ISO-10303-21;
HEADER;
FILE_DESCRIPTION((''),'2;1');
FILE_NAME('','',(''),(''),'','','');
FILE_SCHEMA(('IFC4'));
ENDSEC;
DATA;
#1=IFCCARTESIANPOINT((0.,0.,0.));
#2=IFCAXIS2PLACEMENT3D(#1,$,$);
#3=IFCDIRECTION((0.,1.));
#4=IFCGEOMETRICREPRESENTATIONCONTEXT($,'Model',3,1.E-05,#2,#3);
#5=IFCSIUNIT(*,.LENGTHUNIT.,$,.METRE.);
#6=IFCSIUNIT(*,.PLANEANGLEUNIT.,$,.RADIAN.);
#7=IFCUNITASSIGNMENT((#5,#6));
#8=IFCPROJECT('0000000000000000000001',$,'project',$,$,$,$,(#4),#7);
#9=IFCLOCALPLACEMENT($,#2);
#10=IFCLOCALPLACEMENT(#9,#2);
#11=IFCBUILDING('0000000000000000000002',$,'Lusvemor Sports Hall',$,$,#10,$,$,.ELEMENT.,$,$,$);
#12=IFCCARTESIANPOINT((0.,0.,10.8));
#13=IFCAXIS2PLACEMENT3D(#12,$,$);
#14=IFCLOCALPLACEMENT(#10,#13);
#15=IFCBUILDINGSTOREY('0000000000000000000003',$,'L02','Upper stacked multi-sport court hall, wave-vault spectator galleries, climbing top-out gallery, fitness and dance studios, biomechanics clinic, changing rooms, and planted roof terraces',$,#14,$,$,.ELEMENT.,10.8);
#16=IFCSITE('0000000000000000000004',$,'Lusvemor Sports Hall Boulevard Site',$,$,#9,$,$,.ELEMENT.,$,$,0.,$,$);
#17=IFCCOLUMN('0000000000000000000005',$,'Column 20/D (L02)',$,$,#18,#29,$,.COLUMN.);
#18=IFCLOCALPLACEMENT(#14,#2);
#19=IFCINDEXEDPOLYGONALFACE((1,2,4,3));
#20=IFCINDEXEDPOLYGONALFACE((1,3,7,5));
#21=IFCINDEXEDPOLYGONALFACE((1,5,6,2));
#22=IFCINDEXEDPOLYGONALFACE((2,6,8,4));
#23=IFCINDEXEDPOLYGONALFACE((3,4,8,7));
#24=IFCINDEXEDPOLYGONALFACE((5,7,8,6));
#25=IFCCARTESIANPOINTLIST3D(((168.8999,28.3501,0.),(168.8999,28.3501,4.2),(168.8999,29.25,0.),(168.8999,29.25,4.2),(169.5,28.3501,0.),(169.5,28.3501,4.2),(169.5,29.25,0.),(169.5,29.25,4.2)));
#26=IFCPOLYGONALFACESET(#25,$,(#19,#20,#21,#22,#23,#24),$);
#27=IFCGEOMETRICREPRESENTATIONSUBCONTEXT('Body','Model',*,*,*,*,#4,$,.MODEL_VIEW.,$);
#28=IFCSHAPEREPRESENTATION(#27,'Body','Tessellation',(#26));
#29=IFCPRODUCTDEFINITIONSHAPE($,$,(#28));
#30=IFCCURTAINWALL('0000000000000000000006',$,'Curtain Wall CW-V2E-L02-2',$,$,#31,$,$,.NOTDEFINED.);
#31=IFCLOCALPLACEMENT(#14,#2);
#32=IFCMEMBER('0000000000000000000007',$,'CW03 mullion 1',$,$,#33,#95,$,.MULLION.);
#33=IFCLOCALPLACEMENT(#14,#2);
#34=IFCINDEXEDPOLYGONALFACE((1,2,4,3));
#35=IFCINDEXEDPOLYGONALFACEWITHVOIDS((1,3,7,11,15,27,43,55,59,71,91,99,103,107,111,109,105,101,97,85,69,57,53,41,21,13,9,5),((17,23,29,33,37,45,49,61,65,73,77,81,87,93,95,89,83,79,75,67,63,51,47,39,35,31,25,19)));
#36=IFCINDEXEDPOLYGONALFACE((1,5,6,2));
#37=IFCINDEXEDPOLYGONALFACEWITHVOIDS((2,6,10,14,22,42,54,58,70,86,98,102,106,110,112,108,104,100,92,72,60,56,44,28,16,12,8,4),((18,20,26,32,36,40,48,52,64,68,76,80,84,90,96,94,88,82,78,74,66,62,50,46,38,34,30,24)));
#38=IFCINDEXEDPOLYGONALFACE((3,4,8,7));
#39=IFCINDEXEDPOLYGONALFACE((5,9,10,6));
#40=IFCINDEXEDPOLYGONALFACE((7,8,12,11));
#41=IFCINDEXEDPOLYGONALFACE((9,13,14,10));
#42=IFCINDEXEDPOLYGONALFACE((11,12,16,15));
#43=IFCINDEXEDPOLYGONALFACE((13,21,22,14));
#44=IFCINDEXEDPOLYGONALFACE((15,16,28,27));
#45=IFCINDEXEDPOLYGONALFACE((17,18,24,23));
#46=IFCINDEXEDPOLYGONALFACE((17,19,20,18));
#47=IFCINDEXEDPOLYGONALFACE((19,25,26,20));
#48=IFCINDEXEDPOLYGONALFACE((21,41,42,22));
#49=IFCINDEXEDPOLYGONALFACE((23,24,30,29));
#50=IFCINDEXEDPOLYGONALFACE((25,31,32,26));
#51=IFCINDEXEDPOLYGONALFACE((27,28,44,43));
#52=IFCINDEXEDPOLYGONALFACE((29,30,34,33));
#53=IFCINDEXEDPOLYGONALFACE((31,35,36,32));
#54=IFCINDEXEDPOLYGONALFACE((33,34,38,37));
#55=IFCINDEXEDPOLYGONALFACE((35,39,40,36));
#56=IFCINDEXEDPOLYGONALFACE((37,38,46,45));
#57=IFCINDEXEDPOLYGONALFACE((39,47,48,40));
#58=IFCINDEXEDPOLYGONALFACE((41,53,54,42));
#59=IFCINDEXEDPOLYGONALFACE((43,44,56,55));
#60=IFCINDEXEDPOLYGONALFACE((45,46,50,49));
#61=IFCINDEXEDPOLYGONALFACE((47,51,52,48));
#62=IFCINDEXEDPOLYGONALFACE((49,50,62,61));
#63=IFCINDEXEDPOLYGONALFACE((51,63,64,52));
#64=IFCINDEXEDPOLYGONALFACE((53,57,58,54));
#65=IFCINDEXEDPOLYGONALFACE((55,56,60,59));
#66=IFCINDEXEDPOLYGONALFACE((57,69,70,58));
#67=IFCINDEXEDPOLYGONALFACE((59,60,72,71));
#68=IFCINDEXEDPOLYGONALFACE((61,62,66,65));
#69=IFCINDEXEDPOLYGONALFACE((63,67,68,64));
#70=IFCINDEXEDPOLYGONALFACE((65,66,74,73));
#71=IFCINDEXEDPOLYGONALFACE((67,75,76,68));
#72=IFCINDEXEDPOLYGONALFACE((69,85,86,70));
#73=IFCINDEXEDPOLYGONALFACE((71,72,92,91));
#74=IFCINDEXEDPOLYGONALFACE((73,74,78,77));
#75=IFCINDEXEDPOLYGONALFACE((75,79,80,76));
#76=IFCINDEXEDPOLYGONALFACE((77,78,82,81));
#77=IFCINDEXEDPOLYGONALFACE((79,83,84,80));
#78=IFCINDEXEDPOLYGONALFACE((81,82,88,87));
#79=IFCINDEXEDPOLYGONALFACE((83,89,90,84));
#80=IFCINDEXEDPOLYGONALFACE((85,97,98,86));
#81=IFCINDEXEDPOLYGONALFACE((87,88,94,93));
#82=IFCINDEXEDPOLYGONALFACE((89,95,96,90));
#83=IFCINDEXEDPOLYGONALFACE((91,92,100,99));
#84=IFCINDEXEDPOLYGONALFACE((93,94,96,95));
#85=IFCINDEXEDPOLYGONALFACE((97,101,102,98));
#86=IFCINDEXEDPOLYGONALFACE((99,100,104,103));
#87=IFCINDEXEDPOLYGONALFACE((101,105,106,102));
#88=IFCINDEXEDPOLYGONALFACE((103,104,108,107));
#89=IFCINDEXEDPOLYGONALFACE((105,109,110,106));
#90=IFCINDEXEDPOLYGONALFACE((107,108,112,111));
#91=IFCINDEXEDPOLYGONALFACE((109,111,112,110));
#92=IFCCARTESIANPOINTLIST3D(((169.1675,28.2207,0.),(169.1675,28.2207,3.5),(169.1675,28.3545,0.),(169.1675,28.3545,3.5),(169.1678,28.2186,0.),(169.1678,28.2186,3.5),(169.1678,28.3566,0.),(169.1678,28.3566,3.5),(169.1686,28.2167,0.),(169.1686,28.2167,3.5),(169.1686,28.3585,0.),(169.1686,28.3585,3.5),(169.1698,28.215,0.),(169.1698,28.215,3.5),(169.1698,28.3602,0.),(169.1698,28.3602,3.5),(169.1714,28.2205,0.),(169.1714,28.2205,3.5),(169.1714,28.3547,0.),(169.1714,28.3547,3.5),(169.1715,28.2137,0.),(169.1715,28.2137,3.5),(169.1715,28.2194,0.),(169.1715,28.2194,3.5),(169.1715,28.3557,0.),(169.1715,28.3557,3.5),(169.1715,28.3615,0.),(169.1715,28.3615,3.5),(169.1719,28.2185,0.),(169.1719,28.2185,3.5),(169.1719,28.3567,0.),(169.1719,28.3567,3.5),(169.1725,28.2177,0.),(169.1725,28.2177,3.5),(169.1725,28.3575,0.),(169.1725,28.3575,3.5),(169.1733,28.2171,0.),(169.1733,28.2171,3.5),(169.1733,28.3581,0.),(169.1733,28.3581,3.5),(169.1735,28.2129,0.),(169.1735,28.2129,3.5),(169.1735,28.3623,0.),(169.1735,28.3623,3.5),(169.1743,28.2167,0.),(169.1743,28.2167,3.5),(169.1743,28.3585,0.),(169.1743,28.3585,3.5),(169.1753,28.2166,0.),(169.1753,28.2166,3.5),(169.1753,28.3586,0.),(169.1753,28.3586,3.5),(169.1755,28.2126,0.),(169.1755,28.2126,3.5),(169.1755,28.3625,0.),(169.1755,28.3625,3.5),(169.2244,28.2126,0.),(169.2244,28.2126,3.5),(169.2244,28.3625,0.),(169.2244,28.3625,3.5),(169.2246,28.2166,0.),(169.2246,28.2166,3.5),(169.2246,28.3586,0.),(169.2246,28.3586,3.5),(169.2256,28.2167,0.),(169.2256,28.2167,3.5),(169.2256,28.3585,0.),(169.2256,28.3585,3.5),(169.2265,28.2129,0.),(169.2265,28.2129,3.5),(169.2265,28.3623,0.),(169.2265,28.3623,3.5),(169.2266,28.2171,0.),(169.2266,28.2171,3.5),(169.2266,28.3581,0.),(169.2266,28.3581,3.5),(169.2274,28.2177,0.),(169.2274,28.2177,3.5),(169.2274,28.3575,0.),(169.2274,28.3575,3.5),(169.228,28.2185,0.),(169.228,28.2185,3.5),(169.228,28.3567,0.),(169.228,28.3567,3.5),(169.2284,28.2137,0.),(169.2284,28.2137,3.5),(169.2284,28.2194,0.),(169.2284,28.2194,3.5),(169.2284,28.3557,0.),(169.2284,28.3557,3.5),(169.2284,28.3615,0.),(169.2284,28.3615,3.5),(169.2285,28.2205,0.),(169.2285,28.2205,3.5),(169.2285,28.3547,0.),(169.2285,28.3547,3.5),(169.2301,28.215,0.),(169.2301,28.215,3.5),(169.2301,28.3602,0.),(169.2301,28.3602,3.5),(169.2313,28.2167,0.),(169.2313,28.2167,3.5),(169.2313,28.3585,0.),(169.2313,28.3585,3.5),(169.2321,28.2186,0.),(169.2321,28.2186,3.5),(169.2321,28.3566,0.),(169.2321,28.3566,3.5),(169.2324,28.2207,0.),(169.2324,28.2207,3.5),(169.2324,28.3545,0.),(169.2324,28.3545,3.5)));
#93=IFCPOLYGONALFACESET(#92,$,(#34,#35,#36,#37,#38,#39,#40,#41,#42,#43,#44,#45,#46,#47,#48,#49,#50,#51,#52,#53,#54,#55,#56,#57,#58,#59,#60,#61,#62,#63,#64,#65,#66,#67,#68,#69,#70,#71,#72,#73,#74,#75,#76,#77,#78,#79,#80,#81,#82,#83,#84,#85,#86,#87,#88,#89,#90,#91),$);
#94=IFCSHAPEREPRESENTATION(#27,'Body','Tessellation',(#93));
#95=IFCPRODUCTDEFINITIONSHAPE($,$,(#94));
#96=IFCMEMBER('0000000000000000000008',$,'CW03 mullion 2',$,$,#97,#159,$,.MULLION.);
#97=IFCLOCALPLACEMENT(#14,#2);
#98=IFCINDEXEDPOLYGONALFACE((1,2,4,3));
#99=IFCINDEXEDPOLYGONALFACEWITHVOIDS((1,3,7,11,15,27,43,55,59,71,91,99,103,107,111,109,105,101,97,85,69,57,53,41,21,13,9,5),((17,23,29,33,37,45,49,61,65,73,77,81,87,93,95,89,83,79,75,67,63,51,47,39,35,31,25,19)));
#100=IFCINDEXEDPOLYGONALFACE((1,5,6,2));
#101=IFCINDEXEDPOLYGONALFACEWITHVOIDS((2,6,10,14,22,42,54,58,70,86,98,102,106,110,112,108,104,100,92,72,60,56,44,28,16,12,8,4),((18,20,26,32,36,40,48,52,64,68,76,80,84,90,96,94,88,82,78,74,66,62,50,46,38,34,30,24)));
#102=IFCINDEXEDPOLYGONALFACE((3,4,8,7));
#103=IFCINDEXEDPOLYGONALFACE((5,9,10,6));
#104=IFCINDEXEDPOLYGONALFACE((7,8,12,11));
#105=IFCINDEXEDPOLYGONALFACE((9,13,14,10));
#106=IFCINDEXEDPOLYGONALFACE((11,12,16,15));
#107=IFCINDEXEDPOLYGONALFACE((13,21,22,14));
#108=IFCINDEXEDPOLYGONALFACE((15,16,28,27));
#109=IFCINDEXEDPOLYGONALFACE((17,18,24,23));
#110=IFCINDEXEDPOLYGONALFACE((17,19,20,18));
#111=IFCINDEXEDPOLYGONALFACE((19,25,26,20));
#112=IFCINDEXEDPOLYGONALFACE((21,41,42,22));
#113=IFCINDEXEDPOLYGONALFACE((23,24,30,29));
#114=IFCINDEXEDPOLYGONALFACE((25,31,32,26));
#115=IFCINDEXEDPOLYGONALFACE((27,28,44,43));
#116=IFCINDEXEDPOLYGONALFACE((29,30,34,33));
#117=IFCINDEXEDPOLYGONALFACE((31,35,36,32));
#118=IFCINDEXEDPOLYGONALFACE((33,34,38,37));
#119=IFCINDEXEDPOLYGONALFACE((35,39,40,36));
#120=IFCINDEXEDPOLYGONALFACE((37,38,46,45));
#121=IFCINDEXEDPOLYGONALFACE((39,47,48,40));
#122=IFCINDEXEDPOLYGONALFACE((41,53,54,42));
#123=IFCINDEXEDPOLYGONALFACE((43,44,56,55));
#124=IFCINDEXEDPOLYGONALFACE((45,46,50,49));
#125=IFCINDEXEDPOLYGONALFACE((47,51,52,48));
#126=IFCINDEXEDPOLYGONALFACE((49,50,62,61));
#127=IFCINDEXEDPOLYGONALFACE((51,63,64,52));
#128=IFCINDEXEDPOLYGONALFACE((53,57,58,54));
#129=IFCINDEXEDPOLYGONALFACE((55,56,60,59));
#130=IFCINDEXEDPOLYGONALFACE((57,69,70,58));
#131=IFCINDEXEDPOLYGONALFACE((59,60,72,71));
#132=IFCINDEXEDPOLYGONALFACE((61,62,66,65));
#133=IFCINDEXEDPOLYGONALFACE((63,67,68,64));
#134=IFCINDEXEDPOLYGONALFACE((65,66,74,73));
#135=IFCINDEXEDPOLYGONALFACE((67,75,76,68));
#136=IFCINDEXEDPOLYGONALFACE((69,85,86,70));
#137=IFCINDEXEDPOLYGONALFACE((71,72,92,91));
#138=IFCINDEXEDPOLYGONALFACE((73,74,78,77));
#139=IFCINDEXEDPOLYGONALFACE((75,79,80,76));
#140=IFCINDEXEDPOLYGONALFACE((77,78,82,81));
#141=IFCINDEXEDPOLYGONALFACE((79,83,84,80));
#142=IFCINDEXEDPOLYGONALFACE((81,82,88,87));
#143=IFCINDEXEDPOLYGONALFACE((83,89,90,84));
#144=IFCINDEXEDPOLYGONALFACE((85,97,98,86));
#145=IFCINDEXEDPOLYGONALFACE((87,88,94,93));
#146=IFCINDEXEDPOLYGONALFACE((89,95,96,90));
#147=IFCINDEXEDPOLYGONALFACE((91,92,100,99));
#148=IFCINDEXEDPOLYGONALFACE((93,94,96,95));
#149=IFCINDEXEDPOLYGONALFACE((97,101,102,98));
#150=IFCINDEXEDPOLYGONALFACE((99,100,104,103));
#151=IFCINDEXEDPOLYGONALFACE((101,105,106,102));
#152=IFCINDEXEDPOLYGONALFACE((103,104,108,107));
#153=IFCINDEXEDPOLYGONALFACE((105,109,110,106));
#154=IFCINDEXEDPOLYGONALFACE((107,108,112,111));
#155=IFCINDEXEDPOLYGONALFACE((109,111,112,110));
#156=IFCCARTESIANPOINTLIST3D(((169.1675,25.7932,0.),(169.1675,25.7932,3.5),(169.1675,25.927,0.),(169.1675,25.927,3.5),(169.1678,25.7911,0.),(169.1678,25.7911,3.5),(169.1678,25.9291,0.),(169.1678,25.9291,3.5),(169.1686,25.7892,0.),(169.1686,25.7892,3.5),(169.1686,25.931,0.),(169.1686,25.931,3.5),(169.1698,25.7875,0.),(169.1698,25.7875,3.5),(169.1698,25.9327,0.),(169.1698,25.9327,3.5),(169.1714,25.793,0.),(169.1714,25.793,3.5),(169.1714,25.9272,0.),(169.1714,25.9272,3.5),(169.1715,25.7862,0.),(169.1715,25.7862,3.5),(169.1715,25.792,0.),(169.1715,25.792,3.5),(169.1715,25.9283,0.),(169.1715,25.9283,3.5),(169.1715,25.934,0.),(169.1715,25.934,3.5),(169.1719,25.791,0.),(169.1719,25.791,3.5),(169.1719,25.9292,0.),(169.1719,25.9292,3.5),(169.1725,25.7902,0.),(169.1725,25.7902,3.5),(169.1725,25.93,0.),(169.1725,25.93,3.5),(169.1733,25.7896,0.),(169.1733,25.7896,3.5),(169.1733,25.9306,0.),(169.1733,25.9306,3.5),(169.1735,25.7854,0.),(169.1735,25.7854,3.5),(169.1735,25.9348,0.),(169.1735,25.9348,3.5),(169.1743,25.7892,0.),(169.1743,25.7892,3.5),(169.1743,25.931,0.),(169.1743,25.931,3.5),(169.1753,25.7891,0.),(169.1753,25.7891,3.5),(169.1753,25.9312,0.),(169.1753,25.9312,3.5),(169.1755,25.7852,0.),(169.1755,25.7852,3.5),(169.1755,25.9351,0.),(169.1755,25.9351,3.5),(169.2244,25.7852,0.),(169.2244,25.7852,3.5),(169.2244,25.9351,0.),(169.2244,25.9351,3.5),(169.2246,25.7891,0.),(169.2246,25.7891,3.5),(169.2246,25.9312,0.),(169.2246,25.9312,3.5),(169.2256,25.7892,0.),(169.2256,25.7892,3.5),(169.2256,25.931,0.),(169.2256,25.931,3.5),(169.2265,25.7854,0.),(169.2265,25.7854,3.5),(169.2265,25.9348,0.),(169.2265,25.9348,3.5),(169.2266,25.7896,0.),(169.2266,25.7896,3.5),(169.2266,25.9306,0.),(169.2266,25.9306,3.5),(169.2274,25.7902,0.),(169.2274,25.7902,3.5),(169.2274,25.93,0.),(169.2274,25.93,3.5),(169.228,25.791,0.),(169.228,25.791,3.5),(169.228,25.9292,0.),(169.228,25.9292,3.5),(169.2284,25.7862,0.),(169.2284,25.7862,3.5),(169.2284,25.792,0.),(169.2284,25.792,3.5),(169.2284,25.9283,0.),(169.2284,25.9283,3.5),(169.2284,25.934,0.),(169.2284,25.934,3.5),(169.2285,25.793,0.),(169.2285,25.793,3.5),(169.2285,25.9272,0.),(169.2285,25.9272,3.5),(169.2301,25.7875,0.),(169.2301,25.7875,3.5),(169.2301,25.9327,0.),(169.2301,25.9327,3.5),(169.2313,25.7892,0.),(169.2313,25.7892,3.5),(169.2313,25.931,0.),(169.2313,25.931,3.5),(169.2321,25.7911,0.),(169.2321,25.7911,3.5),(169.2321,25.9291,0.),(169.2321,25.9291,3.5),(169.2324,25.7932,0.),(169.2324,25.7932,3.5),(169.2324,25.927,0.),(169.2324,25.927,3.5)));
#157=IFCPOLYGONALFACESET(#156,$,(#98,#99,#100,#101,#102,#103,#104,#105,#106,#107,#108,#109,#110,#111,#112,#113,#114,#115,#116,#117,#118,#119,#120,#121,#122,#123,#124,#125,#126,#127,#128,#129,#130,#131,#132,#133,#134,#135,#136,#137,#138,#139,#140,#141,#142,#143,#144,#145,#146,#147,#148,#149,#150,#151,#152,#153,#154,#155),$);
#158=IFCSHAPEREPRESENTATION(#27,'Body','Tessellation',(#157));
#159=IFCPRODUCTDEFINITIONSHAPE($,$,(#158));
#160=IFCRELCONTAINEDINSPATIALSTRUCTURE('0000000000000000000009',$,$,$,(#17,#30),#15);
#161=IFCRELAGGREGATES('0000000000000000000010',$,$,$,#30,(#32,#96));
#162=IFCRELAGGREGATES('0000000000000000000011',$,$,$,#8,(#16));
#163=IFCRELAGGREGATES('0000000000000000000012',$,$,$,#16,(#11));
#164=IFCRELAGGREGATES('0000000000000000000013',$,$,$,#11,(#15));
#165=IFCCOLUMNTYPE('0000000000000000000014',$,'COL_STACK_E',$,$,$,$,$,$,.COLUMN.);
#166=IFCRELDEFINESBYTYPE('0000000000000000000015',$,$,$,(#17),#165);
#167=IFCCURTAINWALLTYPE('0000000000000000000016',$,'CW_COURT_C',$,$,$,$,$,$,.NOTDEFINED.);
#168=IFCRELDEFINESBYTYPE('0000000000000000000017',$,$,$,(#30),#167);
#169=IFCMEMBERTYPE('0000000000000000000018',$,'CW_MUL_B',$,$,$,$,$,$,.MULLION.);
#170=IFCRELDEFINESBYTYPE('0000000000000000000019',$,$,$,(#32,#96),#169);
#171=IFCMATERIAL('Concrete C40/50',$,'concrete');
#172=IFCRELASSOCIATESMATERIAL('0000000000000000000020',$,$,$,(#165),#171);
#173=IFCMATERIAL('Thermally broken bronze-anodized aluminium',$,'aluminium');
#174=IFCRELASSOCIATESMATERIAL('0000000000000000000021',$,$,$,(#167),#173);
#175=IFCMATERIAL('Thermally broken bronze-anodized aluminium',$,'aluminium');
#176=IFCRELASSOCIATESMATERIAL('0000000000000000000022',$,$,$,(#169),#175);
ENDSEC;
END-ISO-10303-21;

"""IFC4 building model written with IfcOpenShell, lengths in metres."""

from ifc_helpers import new_model, si_unit, direction, frame, origin, origin_2d, place, context, subcontext, project, spatial, rectangle, hollow_rectangle, extrude, material, material_profile, profile_set, type_object, element, aggregate, save


model = new_model("IFC4")

# Units and contexts
model_context = context("Model", 3, precision=1e-05, world=origin(), true_north=direction((0.0, 1.0)))
body_context = subcontext(model_context, "Body", "Model", "MODEL_VIEW")
ifc_project = project(units=[si_unit("LENGTHUNIT", "METRE"), si_unit("PLANEANGLEUNIT", "RADIAN")], contexts=[model_context])

# Site, building, storey
site_placement = place(None, origin())
site = spatial("IfcSite", under=ifc_project, at=site_placement, Name="Lusvemor Sports Hall Boulevard Site", CompositionType="ELEMENT", RefElevation=0.0)
building_placement = place(site_placement, origin())
building = spatial("IfcBuilding", under=site, at=building_placement, Name="Lusvemor Sports Hall", CompositionType="ELEMENT")
storey_placement = place(building_placement, frame((0.0, 0.0, 10.8)))
storey = spatial("IfcBuildingStorey", under=building, at=storey_placement, Name="L02", Description="Upper stacked multi-sport court hall, wave-vault spectator galleries, climbing top-out gallery, fitness and dance studios, biomechanics clinic, changing rooms, and planted roof terraces", CompositionType="ELEMENT", Elevation=10.8)

# Column
ifc_material_1 = material(Name="Concrete C40/50", Category="concrete")
ifc_material_profile_1 = material_profile(ifc_material_1, rectangle(XDim=0.6001, YDim=0.8999, at=origin_2d()), Name="RC600x900")
ifc_profile_set_1 = profile_set([ifc_material_profile_1], Name="Concrete C40/50")
column_type = type_object("IfcColumnType", Name="COL_STACK_E", PredefinedType="COLUMN", material=ifc_profile_set_1)
column_placement = place(storey_placement, frame((169.2, 28.8, 0.0), z_axis=(0.0, 0.0, 1.0), x_axis=(1.0, 0.0, 0.0)))
element("IfcColumn", 1, at=column_placement, inside=storey, type_object=column_type, Name="Column 20/D (L02)", PredefinedType="COLUMN", context=body_context, shape_type="SweptSolid", body=[
    extrude(rectangle(XDim=0.6001, YDim=0.8999, at=origin_2d()), origin(), (0.0, 0.0, 1.0), 4.2),
])

# Curtain wall, members
ifc_material_2 = material(Name="Thermally broken bronze-anodized aluminium", Category="aluminium")
curtain_wall_type = type_object("IfcCurtainWallType", Name="CW_COURT_C", PredefinedType="NOTDEFINED", material=ifc_material_2)
curtain_wall_1_placement = place(storey_placement, origin())
curtain_wall_1 = element("IfcCurtainWall", 2, at=curtain_wall_1_placement, inside=storey, type_object=curtain_wall_type, Name="Curtain Wall CW-V2E-L02-2", PredefinedType="NOTDEFINED")
ifc_material_3 = material(Name="Thermally broken bronze-anodized aluminium", Category="aluminium")
ifc_material_profile_2 = material_profile(ifc_material_3, hollow_rectangle(XDim=0.0649, YDim=0.1499, WallThickness=0.0039, InnerFilletRadius=0.0039, OuterFilletRadius=0.0081, at=origin_2d()), Name="CWMUL150x65x4")
ifc_profile_set_2 = profile_set([ifc_material_profile_2], Name="Thermally broken bronze-anodized aluminium")
member_type_1 = type_object("IfcMemberType", Name="CW_MUL_B", PredefinedType="MULLION", material=ifc_profile_set_2)
member_1_placement = place(storey_placement, frame((169.2, 28.2876, 0.0), z_axis=(0.0, 0.0, 1.0), x_axis=(1.0, 0.0, 0.0)))
member_1 = element("IfcMember", 3, at=member_1_placement, type_object=member_type_1, Name="CW03 mullion 1", PredefinedType="MULLION", context=body_context, shape_type="SweptSolid", body=[
    extrude(hollow_rectangle(XDim=0.0649, YDim=0.1499, WallThickness=0.0039, InnerFilletRadius=0.0039, OuterFilletRadius=0.0081, at=origin_2d()), origin(), (0.0, 0.0, 1.0), 3.5),
])
member_2_placement = place(storey_placement, frame((169.2, 25.8601, 0.0), z_axis=(0.0, 0.0, 1.0), x_axis=(1.0, 0.0, 0.0)))
member_2 = element("IfcMember", 4, at=member_2_placement, type_object=member_type_1, Name="CW03 mullion 2", PredefinedType="MULLION", context=body_context, shape_type="SweptSolid", body=[
    extrude(hollow_rectangle(XDim=0.0649, YDim=0.1499, WallThickness=0.0039, InnerFilletRadius=0.0039, OuterFilletRadius=0.0081, at=origin_2d()), origin(), (0.0, 0.0, 1.0), 3.5),
])

aggregate(curtain_wall_1, [member_1, member_2])

save(model, "model.ifc")
